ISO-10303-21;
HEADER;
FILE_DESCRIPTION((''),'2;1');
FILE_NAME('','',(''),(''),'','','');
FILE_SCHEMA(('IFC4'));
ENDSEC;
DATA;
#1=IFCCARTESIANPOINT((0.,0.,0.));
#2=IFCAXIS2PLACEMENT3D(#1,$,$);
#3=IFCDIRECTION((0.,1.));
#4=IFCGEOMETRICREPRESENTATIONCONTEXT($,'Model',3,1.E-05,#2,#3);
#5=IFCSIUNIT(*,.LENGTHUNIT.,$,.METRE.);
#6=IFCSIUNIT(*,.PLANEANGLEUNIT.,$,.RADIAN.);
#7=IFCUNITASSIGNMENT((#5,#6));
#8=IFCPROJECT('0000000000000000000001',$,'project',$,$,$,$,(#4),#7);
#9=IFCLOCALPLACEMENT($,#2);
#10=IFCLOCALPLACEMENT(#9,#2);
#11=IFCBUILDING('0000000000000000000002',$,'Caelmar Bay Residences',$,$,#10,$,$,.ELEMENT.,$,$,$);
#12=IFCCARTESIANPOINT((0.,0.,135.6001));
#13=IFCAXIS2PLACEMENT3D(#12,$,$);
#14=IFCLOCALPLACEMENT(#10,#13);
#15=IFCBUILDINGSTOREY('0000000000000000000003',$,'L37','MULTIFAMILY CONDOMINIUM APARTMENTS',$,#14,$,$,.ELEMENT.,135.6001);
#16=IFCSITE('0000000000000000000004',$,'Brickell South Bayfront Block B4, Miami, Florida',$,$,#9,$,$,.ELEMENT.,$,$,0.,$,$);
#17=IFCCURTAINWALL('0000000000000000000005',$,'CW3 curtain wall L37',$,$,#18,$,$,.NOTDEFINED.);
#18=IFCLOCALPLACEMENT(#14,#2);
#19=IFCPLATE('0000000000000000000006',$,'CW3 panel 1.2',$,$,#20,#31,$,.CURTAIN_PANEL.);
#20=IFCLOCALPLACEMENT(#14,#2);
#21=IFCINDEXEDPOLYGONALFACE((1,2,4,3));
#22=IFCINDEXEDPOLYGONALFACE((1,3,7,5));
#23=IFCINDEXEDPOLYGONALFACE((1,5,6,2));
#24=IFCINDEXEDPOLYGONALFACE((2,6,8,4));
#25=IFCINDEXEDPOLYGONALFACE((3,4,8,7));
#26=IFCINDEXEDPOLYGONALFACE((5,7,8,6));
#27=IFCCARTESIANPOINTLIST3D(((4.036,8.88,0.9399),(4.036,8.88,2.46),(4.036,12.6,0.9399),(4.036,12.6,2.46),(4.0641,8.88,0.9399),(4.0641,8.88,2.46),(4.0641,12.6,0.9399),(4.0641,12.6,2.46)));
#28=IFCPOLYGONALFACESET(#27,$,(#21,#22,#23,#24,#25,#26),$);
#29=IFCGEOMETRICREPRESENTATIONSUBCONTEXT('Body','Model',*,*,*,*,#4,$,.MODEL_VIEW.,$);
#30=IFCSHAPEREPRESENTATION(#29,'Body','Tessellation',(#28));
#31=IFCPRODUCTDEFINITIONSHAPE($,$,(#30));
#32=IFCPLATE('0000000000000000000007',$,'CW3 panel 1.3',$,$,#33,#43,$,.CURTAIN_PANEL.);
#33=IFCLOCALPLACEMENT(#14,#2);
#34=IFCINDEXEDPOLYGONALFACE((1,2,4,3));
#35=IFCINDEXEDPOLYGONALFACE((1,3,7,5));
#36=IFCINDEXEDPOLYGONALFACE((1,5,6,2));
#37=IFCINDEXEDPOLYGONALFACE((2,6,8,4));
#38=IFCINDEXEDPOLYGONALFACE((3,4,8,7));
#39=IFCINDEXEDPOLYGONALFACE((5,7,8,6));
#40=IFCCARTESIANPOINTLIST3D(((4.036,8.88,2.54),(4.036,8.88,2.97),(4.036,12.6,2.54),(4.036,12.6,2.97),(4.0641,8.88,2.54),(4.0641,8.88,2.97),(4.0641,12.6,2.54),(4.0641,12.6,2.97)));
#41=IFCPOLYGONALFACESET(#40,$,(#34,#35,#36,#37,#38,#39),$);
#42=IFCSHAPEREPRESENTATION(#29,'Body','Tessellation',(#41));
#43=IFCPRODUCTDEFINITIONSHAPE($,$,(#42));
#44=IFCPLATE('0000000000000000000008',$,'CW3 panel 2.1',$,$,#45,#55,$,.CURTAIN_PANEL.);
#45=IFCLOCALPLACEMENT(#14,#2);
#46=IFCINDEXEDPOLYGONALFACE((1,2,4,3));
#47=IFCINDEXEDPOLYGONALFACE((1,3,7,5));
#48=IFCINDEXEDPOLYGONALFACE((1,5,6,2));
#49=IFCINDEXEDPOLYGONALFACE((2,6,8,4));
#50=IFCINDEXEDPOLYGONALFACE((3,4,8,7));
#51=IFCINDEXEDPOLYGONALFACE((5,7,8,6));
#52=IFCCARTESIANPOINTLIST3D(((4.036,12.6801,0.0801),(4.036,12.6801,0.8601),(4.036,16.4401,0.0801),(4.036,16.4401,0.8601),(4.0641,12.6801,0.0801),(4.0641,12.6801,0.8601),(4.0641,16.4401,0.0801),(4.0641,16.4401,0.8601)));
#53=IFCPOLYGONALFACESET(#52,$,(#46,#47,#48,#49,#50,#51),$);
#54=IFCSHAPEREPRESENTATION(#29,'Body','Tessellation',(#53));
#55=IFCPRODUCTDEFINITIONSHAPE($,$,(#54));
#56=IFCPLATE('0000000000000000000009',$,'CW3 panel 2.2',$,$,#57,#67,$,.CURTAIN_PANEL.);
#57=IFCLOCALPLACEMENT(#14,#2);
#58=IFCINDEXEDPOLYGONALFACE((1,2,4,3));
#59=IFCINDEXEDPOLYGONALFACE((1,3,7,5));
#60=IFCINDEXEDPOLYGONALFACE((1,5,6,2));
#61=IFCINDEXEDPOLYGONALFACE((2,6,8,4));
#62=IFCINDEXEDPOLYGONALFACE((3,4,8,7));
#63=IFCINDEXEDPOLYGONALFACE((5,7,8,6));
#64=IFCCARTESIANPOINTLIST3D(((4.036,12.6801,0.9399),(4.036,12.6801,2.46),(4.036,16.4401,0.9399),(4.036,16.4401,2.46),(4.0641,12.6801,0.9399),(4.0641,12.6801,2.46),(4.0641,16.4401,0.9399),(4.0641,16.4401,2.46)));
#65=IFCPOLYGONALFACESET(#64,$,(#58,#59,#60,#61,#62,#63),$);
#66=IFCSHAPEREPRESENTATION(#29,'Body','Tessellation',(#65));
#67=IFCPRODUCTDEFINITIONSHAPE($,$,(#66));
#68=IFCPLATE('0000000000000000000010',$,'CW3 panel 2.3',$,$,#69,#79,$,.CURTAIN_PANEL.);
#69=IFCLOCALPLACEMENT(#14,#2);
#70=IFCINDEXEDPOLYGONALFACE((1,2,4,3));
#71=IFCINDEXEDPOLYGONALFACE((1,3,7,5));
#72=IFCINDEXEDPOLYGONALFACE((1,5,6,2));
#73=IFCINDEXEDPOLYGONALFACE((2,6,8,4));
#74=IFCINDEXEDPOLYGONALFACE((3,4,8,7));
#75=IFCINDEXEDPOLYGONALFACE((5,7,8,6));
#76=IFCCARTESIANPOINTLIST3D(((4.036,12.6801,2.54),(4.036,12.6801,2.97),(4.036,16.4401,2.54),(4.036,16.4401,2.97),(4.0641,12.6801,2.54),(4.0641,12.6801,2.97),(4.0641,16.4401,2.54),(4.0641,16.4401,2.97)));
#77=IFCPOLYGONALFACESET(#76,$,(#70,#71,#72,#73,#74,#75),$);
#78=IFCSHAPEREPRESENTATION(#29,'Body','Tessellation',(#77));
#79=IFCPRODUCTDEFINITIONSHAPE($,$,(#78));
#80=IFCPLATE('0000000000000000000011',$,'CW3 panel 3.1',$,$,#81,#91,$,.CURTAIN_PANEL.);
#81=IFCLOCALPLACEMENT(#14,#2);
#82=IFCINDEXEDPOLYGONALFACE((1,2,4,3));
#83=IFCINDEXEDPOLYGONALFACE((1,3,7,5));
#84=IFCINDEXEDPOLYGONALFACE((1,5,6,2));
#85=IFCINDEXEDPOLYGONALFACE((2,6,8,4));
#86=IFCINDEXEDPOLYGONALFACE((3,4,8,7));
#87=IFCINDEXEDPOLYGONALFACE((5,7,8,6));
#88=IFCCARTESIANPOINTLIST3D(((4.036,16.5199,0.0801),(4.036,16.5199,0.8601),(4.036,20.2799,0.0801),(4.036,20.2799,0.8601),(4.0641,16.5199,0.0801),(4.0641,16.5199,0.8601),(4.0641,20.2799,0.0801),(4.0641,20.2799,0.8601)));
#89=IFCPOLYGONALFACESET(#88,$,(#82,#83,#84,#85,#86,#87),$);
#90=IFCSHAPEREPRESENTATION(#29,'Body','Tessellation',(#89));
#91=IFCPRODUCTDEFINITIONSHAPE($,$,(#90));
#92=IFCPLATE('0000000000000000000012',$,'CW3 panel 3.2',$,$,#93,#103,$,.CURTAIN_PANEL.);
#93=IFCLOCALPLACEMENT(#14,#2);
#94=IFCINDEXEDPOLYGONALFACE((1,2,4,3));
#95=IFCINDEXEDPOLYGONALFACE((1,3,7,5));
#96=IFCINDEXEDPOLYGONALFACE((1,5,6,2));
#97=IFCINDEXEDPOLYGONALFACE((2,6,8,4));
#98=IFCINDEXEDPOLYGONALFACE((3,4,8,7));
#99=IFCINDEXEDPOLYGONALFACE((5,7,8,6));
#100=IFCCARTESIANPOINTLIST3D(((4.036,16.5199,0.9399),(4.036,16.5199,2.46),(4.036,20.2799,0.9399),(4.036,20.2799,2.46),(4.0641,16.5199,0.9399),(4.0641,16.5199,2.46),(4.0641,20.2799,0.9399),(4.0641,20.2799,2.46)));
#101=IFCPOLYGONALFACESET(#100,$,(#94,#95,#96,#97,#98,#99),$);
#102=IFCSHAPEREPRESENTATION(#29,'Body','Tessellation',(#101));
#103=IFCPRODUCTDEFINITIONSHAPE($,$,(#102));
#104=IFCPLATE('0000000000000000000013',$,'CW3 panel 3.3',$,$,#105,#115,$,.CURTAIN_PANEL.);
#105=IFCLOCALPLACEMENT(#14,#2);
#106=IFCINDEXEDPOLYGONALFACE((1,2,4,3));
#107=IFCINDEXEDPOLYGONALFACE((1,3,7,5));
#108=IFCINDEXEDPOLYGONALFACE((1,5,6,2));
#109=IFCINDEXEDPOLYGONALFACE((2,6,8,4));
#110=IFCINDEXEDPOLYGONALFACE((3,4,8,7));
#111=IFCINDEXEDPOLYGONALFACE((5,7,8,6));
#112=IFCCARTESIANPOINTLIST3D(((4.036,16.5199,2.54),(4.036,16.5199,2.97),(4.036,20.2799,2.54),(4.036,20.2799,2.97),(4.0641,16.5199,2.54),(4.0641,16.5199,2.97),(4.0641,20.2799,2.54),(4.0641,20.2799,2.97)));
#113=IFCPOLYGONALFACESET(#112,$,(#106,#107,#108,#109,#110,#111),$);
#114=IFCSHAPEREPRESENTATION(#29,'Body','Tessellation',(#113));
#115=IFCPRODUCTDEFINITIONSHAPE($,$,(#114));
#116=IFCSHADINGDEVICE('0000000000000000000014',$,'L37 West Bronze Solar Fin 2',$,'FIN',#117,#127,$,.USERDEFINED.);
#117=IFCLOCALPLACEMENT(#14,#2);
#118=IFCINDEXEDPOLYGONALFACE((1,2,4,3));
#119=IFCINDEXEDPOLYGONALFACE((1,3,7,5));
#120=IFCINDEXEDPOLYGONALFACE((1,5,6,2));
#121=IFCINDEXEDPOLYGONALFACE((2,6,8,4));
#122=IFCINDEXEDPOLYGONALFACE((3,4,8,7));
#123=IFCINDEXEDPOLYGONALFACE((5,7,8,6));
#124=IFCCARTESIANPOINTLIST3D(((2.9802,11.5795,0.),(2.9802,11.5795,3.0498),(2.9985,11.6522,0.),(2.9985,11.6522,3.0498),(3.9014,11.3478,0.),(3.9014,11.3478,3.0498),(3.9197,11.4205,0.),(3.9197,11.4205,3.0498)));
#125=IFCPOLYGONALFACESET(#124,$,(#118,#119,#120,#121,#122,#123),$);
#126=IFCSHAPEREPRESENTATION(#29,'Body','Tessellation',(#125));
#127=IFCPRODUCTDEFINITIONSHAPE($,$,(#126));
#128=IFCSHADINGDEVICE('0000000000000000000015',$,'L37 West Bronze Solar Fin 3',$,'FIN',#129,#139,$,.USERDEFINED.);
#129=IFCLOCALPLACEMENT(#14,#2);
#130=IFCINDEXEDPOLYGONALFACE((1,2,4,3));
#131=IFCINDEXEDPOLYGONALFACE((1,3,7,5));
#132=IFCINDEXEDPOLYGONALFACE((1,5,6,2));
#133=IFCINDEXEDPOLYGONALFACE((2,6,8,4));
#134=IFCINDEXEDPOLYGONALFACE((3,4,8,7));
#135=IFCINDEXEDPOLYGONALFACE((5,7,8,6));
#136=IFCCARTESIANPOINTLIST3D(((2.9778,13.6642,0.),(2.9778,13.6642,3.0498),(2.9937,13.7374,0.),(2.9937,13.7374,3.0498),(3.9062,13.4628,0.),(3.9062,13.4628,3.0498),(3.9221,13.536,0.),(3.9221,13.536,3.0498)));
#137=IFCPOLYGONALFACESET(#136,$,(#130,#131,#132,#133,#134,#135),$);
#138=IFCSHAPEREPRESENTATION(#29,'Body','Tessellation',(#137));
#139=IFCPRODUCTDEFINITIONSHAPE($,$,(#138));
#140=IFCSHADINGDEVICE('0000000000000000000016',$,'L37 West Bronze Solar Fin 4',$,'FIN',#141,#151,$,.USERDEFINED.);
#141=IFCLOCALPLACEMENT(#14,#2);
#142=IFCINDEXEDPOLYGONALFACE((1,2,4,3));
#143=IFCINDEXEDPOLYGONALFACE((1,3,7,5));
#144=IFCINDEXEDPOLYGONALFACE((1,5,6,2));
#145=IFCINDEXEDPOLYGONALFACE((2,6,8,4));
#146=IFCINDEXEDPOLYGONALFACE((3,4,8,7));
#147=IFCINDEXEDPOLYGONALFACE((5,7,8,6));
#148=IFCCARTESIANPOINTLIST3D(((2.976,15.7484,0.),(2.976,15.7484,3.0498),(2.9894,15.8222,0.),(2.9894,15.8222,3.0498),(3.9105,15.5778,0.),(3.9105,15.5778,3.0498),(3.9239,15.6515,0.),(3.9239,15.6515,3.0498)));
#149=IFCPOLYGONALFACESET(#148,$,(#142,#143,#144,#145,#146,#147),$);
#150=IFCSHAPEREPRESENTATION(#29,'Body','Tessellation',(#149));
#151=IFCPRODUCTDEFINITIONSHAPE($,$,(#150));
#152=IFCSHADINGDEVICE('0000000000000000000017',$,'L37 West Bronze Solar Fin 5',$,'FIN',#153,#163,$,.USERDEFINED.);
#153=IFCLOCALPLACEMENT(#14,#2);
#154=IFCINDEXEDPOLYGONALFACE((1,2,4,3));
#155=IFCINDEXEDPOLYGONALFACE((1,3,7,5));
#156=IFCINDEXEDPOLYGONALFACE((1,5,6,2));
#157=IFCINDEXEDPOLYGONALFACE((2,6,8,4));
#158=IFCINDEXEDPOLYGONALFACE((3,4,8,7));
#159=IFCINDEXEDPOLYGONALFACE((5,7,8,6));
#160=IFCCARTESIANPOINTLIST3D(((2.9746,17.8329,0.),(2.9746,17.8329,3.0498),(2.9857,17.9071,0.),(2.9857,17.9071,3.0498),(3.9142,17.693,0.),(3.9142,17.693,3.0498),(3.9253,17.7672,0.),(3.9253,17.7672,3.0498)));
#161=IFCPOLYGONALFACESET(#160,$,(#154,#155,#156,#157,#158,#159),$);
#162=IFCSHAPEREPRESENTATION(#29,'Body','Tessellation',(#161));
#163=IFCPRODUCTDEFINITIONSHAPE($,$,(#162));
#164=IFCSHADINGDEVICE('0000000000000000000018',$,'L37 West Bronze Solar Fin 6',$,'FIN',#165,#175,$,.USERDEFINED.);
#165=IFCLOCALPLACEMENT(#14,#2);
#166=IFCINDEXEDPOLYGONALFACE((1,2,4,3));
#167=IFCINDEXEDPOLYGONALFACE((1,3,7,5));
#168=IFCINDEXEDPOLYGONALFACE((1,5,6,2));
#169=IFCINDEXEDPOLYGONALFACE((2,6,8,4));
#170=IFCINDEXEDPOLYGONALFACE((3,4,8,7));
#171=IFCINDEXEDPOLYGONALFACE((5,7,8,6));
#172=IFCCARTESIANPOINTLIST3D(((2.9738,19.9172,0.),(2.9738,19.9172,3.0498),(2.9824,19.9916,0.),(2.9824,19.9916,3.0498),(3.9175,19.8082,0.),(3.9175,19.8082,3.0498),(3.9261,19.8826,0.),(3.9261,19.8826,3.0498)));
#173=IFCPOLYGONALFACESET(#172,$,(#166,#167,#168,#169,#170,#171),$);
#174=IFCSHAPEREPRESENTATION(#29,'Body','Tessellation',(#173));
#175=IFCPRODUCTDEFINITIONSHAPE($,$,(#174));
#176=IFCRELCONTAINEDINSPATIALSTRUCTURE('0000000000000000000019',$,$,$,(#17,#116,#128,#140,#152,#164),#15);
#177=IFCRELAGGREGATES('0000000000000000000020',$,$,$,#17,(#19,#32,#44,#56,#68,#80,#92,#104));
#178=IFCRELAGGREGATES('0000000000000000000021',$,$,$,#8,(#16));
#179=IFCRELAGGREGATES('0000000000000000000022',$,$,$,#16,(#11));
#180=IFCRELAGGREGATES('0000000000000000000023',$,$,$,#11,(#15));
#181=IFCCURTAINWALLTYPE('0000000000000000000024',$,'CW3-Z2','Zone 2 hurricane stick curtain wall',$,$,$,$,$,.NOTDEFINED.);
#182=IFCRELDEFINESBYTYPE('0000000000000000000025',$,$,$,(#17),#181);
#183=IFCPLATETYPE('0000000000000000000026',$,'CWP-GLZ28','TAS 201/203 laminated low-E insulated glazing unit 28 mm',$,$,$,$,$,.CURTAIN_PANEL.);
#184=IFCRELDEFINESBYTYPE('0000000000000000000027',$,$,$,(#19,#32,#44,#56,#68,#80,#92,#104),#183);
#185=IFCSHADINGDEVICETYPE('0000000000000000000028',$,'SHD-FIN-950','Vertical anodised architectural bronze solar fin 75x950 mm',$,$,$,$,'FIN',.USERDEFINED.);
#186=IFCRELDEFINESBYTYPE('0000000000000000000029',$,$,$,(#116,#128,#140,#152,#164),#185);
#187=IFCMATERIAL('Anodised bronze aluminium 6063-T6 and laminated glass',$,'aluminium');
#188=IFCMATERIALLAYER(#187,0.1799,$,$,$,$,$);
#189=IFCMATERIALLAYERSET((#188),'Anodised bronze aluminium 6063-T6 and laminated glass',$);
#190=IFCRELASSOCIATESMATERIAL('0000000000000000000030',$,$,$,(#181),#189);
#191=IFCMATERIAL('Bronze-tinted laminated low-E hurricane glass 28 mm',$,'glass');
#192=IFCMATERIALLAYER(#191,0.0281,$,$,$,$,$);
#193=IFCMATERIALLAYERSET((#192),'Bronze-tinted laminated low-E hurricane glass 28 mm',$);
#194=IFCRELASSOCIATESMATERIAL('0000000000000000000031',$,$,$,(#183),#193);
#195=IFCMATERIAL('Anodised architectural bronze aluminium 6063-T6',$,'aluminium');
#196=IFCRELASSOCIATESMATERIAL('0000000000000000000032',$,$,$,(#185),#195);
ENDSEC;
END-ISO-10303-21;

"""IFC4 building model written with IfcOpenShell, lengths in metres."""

from ifc_helpers import new_model, si_unit, direction, frame, origin, origin_2d, place, context, subcontext, project, spatial, rectangle, extrude, material, layer, layer_set, material_profile, profile_set, type_object, element, aggregate, save


model = new_model("IFC4")

# Units and contexts
model_context = context("Model", 3, precision=1e-05, world=origin(), true_north=direction((0.0, 1.0)))
body_context = subcontext(model_context, "Body", "Model", "MODEL_VIEW")
ifc_project = project(units=[si_unit("LENGTHUNIT", "METRE"), si_unit("PLANEANGLEUNIT", "RADIAN")], contexts=[model_context])

# Site, building, storey
site_placement = place(None, origin())
site = spatial("IfcSite", under=ifc_project, at=site_placement, Name="Brickell South Bayfront Block B4, Miami, Florida", CompositionType="ELEMENT", RefElevation=0.0)
building_placement = place(site_placement, origin())
building = spatial("IfcBuilding", under=site, at=building_placement, Name="Caelmar Bay Residences", CompositionType="ELEMENT")
storey_placement = place(building_placement, frame((0.0, 0.0, 135.6001)))
storey = spatial("IfcBuildingStorey", under=building, at=storey_placement, Name="L37", Description="MULTIFAMILY CONDOMINIUM APARTMENTS", CompositionType="ELEMENT", Elevation=135.6001)

# Curtain wall, plates
ifc_material_1 = material(Name="Anodised bronze aluminium 6063-T6 and laminated glass", Category="aluminium")
ifc_layer_1 = layer(ifc_material_1, 0.1799)
ifc_layer_set_1 = layer_set([ifc_layer_1], Name="Anodised bronze aluminium 6063-T6 and laminated glass")
curtain_wall_type = type_object("IfcCurtainWallType", Name="CW3-Z2", Description="Zone 2 hurricane stick curtain wall", PredefinedType="NOTDEFINED", material=ifc_layer_set_1)
curtain_wall_placement = place(storey_placement, origin())
curtain_wall = element("IfcCurtainWall", 1, at=curtain_wall_placement, inside=storey, type_object=curtain_wall_type, Name="CW3 curtain wall L37", PredefinedType="NOTDEFINED")
ifc_material_2 = material(Name="Bronze-tinted laminated low-E hurricane glass 28 mm", Category="glass")
ifc_layer_2 = layer(ifc_material_2, 0.0281)
ifc_layer_set_2 = layer_set([ifc_layer_2], Name="Bronze-tinted laminated low-E hurricane glass 28 mm")
plate_type = type_object("IfcPlateType", Name="CWP-GLZ28", Description="TAS 201/203 laminated low-E insulated glazing unit 28 mm", PredefinedType="CURTAIN_PANEL", material=ifc_layer_set_2)
plate_1_placement = place(storey_placement, frame((4.05, 10.74, 0.9399), z_axis=(0.0, 0.0, 1.0), x_axis=(0.0, 1.0, 0.0)))
plate_1 = element("IfcPlate", 2, at=plate_1_placement, type_object=plate_type, Name="CW3 panel 1.2", PredefinedType="CURTAIN_PANEL", context=body_context, shape_type="SweptSolid", body=[
    extrude(rectangle(XDim=3.72, YDim=0.0281, at=origin_2d()), origin(), (0.0, 0.0, 1.0), 1.52),
])
plate_2_placement = place(storey_placement, frame((4.05, 10.74, 2.54), z_axis=(0.0, 0.0, 1.0), x_axis=(0.0, 1.0, 0.0)))
plate_2 = element("IfcPlate", 3, at=plate_2_placement, type_object=plate_type, Name="CW3 panel 1.3", PredefinedType="CURTAIN_PANEL", context=body_context, shape_type="SweptSolid", body=[
    extrude(rectangle(XDim=3.72, YDim=0.0281, at=origin_2d()), origin(), (0.0, 0.0, 1.0), 0.4299),
])
plate_3_placement = place(storey_placement, frame((4.05, 14.5601, 0.0801), z_axis=(0.0, 0.0, 1.0), x_axis=(0.0, 1.0, 0.0)))
plate_3 = element("IfcPlate", 4, at=plate_3_placement, type_object=plate_type, Name="CW3 panel 2.1", PredefinedType="CURTAIN_PANEL", context=body_context, shape_type="SweptSolid", body=[
    extrude(rectangle(XDim=3.76, YDim=0.0281, at=origin_2d()), origin(), (0.0, 0.0, 1.0), 0.78),
])
plate_4_placement = place(storey_placement, frame((4.05, 14.5601, 0.9399), z_axis=(0.0, 0.0, 1.0), x_axis=(0.0, 1.0, 0.0)))
plate_4 = element("IfcPlate", 5, at=plate_4_placement, type_object=plate_type, Name="CW3 panel 2.2", PredefinedType="CURTAIN_PANEL", context=body_context, shape_type="SweptSolid", body=[
    extrude(rectangle(XDim=3.76, YDim=0.0281, at=origin_2d()), origin(), (0.0, 0.0, 1.0), 1.52),
])
plate_5_placement = place(storey_placement, frame((4.05, 14.5601, 2.54), z_axis=(0.0, 0.0, 1.0), x_axis=(0.0, 1.0, 0.0)))
plate_5 = element("IfcPlate", 6, at=plate_5_placement, type_object=plate_type, Name="CW3 panel 2.3", PredefinedType="CURTAIN_PANEL", context=body_context, shape_type="SweptSolid", body=[
    extrude(rectangle(XDim=3.76, YDim=0.0281, at=origin_2d()), origin(), (0.0, 0.0, 1.0), 0.4299),
])
plate_6_placement = place(storey_placement, frame((4.05, 18.3999, 0.0801), z_axis=(0.0, 0.0, 1.0), x_axis=(0.0, 1.0, 0.0)))
plate_6 = element("IfcPlate", 7, at=plate_6_placement, type_object=plate_type, Name="CW3 panel 3.1", PredefinedType="CURTAIN_PANEL", context=body_context, shape_type="SweptSolid", body=[
    extrude(rectangle(XDim=3.76, YDim=0.0281, at=origin_2d()), origin(), (0.0, 0.0, 1.0), 0.78),
])
plate_7_placement = place(storey_placement, frame((4.05, 18.3999, 0.9399), z_axis=(0.0, 0.0, 1.0), x_axis=(0.0, 1.0, 0.0)))
plate_7 = element("IfcPlate", 8, at=plate_7_placement, type_object=plate_type, Name="CW3 panel 3.2", PredefinedType="CURTAIN_PANEL", context=body_context, shape_type="SweptSolid", body=[
    extrude(rectangle(XDim=3.76, YDim=0.0281, at=origin_2d()), origin(), (0.0, 0.0, 1.0), 1.52),
])
plate_8_placement = place(storey_placement, frame((4.05, 18.3999, 2.54), z_axis=(0.0, 0.0, 1.0), x_axis=(0.0, 1.0, 0.0)))
plate_8 = element("IfcPlate", 9, at=plate_8_placement, type_object=plate_type, Name="CW3 panel 3.3", PredefinedType="CURTAIN_PANEL", context=body_context, shape_type="SweptSolid", body=[
    extrude(rectangle(XDim=3.76, YDim=0.0281, at=origin_2d()), origin(), (0.0, 0.0, 1.0), 0.4299),
])
aggregate(curtain_wall, [plate_1, plate_2, plate_3, plate_4, plate_5, plate_6, plate_7, plate_8])

# Shading devices
ifc_material_3 = material(Name="Anodised architectural bronze aluminium 6063-T6", Category="aluminium")
ifc_material_profile_1 = material_profile(ifc_material_3, rectangle(XDim=0.075, YDim=0.95, at=origin_2d()), Name="BRONZE-FIN-75X950")
ifc_profile_set_1 = profile_set([ifc_material_profile_1], Name="Anodised architectural bronze aluminium 6063-T6")
shading_device_type = type_object("IfcShadingDeviceType", Name="SHD-FIN-950", Description="Vertical anodised architectural bronze solar fin 75x950 mm", ElementType="FIN", PredefinedType="USERDEFINED", material=ifc_profile_set_1)
for number, where, z_axis, x_axis, name in (
    (10, (3.45, 11.5, 0.0), (0.0, 0.0, 1.0), (0.243954, 0.969787, 0.0), "L37 West Bronze Solar Fin 2"),
    (11, (3.45, 13.6001, 0.0), (0.0, 0.0, 1.0), (0.212007, 0.977268, 0.0), "L37 West Bronze Solar Fin 3"),
    (12, (3.45, 15.7, 0.0), (0.0, 0.0, 1.0), (0.179661, 0.983729, 0.0), "L37 West Bronze Solar Fin 4"),
    (13, (3.45, 17.8, 0.0), (0.0, 0.0, 1.0), (0.147292, 0.989093, 0.0), "L37 West Bronze Solar Fin 5"),
    (14, (3.45, 19.8999, 0.0), (0.0, 0.0, 1.0), (0.114764, 0.993393, 0.0), "L37 West Bronze Solar Fin 6"),
):
    element("IfcShadingDevice", number, at=place(storey_placement, frame(where, z_axis=z_axis, x_axis=x_axis)), inside=storey, type_object=shading_device_type, Name=name, ObjectType="FIN", PredefinedType="USERDEFINED", context=body_context, shape_type="SweptSolid", body=[
        extrude(rectangle(XDim=0.075, YDim=0.95, at=origin_2d()), origin(), (0.0, 0.0, 1.0), 3.0498),
    ])

save(model, "model.ifc")
